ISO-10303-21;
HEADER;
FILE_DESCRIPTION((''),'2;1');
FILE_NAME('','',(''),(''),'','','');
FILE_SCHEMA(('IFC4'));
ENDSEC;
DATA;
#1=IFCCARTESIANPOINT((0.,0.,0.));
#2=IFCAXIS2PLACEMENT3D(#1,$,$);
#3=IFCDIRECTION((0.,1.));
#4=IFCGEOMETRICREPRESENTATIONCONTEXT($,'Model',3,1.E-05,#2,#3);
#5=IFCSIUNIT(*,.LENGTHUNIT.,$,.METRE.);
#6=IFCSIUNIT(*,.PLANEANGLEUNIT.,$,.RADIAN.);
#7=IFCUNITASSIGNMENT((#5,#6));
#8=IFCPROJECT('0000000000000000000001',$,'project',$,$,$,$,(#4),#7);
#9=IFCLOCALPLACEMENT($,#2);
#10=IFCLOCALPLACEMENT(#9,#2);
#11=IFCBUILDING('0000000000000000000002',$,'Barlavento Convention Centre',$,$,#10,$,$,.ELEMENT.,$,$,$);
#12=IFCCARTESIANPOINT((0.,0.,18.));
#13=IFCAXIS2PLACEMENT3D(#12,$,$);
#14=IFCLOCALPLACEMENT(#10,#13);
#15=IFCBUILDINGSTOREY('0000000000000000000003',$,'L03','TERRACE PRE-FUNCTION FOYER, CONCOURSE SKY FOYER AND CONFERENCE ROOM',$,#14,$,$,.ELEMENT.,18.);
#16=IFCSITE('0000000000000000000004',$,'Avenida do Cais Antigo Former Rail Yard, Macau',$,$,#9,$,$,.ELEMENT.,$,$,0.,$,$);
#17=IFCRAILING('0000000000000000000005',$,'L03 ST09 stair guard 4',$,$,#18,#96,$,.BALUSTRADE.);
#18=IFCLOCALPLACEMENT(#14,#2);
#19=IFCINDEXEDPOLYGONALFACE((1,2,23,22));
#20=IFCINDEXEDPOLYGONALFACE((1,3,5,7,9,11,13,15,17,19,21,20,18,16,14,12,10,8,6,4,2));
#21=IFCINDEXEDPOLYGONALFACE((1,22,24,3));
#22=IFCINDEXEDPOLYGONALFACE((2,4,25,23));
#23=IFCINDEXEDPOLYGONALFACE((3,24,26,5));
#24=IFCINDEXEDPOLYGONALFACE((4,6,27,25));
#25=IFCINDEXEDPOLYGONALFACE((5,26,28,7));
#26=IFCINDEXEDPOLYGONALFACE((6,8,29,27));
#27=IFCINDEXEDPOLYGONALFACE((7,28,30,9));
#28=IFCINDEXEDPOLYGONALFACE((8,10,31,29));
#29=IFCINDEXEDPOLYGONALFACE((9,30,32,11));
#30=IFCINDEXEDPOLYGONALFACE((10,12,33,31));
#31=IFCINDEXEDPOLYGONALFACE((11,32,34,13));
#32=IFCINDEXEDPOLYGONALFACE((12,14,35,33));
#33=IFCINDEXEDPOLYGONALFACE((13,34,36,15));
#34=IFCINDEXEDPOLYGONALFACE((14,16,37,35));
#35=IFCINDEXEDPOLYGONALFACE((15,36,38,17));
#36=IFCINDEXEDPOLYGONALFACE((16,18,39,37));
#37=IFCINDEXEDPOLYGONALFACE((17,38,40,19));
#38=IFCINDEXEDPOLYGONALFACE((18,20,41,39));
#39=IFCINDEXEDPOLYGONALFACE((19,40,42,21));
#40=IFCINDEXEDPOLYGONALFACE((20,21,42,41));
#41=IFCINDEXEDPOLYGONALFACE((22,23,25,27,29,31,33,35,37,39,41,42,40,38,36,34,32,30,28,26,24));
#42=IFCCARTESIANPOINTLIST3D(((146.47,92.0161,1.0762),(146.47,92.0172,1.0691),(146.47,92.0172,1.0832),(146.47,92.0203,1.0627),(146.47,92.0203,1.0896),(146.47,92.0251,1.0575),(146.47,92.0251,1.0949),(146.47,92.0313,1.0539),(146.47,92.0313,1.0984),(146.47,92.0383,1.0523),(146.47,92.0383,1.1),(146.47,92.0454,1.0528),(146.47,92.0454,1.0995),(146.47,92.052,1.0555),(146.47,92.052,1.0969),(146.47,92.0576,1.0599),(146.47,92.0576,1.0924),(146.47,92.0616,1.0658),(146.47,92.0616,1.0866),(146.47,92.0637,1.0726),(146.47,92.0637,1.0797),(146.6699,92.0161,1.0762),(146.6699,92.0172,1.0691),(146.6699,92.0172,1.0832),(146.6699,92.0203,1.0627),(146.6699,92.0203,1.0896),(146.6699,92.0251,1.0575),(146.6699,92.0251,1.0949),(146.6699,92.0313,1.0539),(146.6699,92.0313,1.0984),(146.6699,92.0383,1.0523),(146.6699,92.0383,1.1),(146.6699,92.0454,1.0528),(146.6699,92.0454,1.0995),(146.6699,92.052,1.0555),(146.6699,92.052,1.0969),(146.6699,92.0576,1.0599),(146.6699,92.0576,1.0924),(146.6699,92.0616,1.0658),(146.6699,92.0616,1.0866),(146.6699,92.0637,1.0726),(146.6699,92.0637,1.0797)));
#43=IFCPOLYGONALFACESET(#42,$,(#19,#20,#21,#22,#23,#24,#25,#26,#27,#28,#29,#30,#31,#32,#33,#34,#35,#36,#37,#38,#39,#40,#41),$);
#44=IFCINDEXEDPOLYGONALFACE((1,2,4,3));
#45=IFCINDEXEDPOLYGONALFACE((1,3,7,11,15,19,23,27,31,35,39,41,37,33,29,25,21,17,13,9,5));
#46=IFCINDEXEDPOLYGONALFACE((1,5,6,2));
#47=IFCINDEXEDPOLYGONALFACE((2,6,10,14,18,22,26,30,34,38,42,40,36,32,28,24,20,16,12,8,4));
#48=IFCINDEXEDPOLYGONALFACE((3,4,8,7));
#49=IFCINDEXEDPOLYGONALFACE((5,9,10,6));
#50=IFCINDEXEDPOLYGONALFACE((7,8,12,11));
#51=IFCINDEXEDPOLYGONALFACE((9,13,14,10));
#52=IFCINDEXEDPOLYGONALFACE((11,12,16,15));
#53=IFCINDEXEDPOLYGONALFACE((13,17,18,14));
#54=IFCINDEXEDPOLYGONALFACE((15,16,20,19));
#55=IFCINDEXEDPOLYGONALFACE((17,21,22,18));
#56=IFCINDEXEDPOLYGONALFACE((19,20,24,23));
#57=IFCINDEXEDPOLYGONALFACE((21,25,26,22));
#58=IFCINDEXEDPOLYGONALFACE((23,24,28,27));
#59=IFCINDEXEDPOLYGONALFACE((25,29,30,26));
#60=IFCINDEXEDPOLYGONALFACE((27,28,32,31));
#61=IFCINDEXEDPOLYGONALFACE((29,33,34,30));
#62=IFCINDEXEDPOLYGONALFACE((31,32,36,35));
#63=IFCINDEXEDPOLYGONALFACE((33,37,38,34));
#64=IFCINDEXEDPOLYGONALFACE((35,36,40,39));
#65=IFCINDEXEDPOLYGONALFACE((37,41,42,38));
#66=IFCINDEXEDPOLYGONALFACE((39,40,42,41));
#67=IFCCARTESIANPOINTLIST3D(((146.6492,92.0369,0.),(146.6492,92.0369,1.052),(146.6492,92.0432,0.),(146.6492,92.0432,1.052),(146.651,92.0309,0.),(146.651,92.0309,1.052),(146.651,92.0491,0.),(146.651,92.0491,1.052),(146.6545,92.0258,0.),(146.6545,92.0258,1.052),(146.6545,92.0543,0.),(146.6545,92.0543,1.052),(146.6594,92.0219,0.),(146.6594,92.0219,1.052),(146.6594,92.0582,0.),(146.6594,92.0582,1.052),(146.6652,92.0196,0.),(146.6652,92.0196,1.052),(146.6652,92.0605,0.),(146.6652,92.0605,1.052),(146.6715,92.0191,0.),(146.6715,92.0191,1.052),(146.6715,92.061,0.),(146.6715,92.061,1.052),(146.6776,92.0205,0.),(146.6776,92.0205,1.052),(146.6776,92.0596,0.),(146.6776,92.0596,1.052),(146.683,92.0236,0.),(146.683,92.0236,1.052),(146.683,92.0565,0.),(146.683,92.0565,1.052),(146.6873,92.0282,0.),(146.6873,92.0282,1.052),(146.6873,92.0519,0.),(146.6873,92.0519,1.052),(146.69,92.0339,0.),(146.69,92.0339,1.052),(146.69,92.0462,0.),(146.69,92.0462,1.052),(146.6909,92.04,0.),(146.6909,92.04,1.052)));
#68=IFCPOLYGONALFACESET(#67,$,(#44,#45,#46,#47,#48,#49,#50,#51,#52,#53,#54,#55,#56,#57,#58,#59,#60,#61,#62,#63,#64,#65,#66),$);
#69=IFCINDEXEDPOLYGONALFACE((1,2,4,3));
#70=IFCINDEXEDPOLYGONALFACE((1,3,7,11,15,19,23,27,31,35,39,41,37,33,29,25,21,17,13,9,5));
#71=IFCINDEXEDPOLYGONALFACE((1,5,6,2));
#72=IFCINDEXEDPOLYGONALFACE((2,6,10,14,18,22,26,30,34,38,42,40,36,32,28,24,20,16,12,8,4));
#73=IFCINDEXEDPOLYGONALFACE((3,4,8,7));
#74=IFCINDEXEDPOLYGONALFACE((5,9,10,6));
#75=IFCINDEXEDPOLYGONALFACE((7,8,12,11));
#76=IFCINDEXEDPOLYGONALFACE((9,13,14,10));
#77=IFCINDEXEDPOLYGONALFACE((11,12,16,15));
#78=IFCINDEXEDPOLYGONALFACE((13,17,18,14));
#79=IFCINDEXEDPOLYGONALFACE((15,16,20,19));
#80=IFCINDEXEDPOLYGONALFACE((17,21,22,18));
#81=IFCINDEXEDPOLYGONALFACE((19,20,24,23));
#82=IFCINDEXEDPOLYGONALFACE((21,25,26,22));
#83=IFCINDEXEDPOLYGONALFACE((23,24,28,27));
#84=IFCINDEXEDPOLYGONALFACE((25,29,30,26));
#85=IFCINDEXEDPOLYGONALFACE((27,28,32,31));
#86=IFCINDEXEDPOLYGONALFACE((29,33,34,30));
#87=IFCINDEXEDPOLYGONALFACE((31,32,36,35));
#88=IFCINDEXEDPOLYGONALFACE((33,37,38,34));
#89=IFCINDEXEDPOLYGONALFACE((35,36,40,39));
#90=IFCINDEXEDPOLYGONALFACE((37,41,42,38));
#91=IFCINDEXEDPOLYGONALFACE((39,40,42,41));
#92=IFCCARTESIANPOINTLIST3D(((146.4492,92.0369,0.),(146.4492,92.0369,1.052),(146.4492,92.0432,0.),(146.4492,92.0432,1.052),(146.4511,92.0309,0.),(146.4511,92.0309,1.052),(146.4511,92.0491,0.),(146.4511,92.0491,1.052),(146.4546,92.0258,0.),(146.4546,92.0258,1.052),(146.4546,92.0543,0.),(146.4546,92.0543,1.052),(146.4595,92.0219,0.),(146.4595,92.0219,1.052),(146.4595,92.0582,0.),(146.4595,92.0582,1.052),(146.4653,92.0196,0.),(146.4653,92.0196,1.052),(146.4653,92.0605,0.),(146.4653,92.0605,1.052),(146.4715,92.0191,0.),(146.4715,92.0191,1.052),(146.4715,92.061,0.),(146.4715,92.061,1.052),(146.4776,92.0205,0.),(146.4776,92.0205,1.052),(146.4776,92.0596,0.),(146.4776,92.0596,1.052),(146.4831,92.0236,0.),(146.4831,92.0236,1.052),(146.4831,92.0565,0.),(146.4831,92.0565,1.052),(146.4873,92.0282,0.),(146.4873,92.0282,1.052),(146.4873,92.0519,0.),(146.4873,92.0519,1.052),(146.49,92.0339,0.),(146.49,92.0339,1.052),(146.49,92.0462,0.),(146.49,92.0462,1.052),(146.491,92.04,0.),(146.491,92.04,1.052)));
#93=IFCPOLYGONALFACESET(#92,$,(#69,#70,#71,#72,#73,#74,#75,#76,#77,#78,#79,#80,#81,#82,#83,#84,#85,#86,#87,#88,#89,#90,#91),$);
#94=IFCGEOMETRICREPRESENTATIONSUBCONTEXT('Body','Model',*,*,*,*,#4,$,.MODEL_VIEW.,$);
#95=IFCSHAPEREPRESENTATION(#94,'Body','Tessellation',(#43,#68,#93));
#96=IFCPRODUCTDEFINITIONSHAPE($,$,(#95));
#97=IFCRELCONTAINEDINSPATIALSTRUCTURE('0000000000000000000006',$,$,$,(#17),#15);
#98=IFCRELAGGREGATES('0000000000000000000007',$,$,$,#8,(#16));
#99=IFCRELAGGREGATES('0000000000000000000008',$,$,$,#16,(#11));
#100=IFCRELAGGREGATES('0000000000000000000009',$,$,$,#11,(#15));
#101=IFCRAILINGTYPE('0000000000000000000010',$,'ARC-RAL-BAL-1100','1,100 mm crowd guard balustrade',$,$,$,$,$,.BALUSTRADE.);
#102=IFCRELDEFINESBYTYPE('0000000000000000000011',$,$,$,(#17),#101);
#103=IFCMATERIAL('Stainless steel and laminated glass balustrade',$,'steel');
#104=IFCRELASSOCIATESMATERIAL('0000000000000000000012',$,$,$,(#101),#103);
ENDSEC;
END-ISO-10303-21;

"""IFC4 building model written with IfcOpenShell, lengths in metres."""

from ifc_helpers import new_model, si_unit, direction, frame, origin, origin_2d, place, context, subcontext, project, spatial, circle, extrude, material, type_object, element, save


model = new_model("IFC4")

# Units and contexts
model_context = context("Model", 3, precision=1e-05, world=origin(), true_north=direction((0.0, 1.0)))
body_context = subcontext(model_context, "Body", "Model", "MODEL_VIEW")
ifc_project = project(units=[si_unit("LENGTHUNIT", "METRE"), si_unit("PLANEANGLEUNIT", "RADIAN")], contexts=[model_context])

# Site, building, storey
site_placement = place(None, origin())
site = spatial("IfcSite", under=ifc_project, at=site_placement, Name="Avenida do Cais Antigo Former Rail Yard, Macau", CompositionType="ELEMENT", RefElevation=0.0)
building_placement = place(site_placement, origin())
building = spatial("IfcBuilding", under=site, at=building_placement, Name="Barlavento Convention Centre", CompositionType="ELEMENT")
storey_placement = place(building_placement, frame((0.0, 0.0, 18.0)))
storey = spatial("IfcBuildingStorey", under=building, at=storey_placement, Name="L03", Description="TERRACE PRE-FUNCTION FOYER, CONCOURSE SKY FOYER AND CONFERENCE ROOM", CompositionType="ELEMENT", Elevation=18.0)

# Railing
ifc_material_1 = material(Name="Stainless steel and laminated glass balustrade", Category="steel")
railing_type_1 = type_object("IfcRailingType", Name="ARC-RAL-BAL-1100", Description="1,100 mm crowd guard balustrade", PredefinedType="BALUSTRADE", material=ifc_material_1)
railing_1_placement = place(storey_placement, frame((146.6699, 92.04, 0.0)))
element("IfcRailing", 1, at=railing_1_placement, inside=storey, type_object=railing_type_1, Name="L03 ST09 stair guard 4", PredefinedType="BALUSTRADE", context=body_context, shape_type="SweptSolid", body=[
    extrude(circle(Radius=0.0239, at=origin_2d()), frame((0.0, 0.0, 1.0762), z_axis=(-1.0, 0.0, 0.0), x_axis=(0.0, -1.0, 0.0)), (0.0, 0.0, 1.0), 0.2),
    extrude(circle(Radius=0.021, at=origin_2d()), origin(), (0.0, 0.0, 1.0), 1.052),
    extrude(circle(Radius=0.021, at=origin_2d()), frame((-0.2, 0.0, 0.0)), (0.0, 0.0, 1.0), 1.052),
])

save(model, "model.ifc")
